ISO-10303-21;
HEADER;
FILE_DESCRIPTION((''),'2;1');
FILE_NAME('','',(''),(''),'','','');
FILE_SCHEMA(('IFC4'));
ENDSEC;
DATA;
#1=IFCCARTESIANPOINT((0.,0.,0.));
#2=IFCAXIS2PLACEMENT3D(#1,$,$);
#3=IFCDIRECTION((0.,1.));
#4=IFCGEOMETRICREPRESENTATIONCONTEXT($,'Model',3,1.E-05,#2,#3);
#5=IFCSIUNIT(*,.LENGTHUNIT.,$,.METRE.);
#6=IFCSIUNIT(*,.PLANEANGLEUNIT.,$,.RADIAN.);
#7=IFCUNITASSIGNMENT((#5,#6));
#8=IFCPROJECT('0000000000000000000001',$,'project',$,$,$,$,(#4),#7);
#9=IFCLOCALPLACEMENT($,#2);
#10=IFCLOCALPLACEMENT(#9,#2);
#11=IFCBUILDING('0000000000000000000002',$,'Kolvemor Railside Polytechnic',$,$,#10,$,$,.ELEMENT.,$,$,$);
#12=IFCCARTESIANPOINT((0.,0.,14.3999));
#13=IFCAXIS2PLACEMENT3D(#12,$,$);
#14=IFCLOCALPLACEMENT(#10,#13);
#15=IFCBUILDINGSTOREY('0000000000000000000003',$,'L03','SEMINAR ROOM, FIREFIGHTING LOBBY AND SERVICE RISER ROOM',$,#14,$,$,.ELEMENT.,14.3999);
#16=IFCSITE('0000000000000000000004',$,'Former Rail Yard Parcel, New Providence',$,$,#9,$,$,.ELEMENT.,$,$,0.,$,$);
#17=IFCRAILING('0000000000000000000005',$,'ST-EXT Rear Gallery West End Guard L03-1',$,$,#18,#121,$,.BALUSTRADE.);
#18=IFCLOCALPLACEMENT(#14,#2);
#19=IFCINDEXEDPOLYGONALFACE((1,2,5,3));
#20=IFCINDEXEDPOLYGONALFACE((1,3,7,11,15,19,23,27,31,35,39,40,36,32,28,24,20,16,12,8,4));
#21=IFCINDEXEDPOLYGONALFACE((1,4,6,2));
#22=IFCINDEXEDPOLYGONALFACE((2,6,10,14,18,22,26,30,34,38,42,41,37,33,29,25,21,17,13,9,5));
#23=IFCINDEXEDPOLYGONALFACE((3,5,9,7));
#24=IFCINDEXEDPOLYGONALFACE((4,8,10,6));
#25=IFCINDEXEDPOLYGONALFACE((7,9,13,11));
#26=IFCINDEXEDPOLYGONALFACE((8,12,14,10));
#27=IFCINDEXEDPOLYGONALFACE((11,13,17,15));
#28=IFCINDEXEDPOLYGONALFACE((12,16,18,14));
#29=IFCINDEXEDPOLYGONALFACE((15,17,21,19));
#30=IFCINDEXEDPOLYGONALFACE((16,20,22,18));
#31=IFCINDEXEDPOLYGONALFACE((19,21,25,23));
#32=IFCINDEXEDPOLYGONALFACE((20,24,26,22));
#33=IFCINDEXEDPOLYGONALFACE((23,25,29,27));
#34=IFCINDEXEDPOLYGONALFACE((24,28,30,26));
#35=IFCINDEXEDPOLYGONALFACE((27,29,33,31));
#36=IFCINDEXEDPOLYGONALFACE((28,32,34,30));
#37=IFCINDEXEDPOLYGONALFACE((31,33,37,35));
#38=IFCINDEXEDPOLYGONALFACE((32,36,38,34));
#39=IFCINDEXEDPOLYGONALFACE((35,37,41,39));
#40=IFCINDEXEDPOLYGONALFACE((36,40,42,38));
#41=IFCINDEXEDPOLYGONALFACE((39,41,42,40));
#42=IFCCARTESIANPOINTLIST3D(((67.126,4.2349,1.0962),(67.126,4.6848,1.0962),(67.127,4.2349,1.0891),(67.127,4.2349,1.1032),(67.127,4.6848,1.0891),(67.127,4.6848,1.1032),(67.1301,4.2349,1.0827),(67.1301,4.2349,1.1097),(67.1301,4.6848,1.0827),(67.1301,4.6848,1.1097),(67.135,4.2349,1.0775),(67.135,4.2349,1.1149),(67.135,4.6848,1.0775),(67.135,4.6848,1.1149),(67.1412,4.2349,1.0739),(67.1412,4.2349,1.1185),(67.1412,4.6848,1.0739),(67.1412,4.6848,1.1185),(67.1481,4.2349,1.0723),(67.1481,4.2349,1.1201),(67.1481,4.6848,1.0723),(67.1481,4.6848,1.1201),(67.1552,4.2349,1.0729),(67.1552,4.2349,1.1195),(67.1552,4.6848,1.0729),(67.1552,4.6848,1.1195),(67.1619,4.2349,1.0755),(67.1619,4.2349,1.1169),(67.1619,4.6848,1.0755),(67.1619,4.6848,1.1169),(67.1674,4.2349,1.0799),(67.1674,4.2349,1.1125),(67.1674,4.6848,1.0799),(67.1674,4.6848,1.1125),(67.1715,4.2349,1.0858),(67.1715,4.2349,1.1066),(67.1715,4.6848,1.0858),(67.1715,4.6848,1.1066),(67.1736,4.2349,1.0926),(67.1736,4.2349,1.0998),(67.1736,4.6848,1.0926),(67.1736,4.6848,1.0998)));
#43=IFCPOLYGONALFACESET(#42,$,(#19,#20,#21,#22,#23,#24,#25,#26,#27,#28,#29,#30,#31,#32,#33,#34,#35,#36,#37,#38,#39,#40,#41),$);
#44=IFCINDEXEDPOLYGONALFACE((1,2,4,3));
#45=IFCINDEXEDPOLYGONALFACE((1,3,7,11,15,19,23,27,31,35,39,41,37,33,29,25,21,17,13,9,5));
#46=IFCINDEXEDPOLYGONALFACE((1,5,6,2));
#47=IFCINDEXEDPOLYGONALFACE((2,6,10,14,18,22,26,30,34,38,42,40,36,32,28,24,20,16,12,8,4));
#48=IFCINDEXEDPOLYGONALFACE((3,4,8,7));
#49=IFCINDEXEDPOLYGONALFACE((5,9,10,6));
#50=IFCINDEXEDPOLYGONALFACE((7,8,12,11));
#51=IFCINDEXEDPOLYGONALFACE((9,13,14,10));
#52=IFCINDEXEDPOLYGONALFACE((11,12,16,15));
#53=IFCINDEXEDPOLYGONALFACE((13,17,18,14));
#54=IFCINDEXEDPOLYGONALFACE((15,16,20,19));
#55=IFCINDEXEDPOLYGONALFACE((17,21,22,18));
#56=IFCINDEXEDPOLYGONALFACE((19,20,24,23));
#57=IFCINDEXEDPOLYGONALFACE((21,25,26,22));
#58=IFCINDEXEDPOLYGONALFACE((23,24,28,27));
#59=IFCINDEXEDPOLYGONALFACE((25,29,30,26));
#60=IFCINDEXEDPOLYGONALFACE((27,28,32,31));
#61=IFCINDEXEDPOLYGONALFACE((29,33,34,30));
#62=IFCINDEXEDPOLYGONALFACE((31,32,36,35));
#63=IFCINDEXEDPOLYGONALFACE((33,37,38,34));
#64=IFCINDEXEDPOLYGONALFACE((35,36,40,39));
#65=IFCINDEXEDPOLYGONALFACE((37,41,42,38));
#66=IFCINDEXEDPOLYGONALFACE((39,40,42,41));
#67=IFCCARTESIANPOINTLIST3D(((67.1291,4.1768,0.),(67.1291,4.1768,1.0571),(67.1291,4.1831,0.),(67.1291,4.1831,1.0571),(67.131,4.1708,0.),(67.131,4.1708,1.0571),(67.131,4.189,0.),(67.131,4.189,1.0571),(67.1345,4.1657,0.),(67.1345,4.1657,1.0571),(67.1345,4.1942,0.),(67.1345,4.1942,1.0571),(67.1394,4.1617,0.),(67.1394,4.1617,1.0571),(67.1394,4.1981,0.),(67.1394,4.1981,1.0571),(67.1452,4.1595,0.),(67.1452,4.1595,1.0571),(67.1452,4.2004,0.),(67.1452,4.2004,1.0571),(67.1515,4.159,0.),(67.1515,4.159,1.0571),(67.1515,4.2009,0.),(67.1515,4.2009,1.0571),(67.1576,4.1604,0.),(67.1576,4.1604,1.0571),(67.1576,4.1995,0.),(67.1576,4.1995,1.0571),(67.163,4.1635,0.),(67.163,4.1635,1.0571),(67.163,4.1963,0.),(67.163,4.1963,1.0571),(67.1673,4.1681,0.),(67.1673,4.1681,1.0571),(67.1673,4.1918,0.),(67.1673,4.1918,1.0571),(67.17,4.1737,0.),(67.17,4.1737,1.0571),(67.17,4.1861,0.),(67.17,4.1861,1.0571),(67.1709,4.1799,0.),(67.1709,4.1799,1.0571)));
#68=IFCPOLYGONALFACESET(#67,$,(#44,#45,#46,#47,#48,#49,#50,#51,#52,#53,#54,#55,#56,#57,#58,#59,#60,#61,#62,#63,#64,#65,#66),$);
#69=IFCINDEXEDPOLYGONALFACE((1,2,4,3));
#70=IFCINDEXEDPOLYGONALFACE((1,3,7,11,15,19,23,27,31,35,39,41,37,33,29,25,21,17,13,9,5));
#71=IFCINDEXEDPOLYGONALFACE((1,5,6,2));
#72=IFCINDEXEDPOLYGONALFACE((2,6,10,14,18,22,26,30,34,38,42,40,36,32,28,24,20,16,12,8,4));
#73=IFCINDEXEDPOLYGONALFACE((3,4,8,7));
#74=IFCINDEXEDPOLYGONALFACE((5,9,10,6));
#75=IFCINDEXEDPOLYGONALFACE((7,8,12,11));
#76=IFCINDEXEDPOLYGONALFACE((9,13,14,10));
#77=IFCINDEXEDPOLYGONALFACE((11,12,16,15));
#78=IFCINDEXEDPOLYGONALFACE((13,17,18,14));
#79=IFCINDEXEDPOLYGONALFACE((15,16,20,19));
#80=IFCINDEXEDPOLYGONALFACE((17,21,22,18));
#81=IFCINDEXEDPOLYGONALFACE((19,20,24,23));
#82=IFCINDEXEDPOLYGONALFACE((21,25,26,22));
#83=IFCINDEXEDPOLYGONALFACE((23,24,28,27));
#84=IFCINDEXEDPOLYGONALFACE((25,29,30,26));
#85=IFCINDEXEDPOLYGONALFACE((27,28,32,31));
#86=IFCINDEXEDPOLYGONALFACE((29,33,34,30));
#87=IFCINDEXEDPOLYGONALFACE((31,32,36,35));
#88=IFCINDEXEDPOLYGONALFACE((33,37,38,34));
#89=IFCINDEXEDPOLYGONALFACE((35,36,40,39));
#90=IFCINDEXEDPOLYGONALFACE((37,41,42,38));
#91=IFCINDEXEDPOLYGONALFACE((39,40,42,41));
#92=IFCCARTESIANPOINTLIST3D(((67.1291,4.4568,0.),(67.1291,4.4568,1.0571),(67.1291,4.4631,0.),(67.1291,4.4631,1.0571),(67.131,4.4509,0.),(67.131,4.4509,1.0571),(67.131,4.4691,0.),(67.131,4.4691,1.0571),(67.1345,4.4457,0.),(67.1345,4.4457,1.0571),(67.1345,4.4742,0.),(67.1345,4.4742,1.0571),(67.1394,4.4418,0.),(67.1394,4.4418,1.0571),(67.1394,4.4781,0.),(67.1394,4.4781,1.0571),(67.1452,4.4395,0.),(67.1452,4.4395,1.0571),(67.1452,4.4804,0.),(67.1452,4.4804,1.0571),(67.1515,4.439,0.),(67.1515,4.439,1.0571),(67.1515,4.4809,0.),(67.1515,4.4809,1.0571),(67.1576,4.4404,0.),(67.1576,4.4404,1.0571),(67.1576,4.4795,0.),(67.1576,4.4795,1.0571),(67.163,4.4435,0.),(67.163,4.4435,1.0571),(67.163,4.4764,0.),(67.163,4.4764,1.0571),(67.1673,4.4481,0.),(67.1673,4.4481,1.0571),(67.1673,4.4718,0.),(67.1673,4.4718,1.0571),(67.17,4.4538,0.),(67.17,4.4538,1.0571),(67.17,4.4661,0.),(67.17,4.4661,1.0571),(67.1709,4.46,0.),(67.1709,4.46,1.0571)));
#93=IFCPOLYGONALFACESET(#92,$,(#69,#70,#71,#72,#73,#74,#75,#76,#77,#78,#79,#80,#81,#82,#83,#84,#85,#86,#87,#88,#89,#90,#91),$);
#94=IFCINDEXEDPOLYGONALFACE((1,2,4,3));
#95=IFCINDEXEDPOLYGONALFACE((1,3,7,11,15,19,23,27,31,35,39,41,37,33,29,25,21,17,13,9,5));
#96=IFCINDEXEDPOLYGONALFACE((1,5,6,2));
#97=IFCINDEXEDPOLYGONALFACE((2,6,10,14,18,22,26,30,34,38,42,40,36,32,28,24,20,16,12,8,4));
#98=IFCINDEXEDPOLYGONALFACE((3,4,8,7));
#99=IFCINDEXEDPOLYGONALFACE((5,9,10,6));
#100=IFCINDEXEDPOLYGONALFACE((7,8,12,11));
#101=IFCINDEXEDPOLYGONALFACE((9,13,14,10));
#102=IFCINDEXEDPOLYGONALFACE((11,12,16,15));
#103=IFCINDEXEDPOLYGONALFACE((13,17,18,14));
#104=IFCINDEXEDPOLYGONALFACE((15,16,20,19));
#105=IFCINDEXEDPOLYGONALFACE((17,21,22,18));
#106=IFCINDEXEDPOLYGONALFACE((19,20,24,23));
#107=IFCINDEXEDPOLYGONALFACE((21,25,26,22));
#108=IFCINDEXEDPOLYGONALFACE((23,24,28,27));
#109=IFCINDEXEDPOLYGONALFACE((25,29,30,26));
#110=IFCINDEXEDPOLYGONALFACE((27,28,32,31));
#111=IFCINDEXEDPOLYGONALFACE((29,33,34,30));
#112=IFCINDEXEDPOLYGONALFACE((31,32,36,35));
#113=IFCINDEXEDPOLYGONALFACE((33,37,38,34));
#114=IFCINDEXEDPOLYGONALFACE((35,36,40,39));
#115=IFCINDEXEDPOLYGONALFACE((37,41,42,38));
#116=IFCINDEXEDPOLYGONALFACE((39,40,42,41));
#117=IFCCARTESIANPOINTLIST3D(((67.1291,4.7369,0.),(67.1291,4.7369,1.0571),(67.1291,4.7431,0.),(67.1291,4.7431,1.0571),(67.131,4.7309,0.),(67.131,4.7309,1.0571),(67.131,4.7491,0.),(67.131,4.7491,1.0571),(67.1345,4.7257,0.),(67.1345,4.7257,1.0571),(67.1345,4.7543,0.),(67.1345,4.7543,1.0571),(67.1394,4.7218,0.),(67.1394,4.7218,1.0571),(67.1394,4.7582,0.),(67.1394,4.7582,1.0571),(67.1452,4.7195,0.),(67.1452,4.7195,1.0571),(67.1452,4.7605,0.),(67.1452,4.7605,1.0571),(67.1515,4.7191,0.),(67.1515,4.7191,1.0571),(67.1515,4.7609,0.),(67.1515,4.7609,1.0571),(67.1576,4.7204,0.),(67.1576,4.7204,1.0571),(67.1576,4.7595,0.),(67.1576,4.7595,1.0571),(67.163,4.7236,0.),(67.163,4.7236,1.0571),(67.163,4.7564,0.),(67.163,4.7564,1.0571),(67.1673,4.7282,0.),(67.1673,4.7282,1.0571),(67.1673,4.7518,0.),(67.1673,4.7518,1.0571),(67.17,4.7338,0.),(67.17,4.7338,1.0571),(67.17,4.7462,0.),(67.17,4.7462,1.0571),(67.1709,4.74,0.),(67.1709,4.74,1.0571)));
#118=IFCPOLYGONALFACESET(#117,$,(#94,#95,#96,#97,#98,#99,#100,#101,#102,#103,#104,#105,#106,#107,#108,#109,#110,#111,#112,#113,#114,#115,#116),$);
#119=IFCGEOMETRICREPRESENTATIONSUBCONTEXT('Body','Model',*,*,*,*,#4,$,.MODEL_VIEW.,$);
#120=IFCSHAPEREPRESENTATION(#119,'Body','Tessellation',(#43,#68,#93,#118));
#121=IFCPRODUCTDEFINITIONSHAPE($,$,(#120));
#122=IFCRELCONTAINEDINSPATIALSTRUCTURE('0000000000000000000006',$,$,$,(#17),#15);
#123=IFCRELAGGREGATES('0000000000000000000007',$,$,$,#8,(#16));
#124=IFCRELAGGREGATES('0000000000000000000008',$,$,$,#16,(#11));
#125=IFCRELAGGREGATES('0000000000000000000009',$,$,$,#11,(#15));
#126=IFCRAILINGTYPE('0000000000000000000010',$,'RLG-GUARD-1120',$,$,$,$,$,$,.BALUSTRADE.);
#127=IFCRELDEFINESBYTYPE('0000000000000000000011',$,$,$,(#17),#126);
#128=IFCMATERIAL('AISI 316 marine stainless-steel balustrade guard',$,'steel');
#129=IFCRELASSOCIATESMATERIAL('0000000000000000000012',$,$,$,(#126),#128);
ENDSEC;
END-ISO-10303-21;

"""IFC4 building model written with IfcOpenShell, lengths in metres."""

from ifc_helpers import new_model, si_unit, direction, frame, origin, origin_2d, place, context, subcontext, project, spatial, circle, extrude, material, type_object, element, save


model = new_model("IFC4")

# Units and contexts
model_context = context("Model", 3, precision=1e-05, world=origin(), true_north=direction((0.0, 1.0)))
body_context = subcontext(model_context, "Body", "Model", "MODEL_VIEW")
ifc_project = project(units=[si_unit("LENGTHUNIT", "METRE"), si_unit("PLANEANGLEUNIT", "RADIAN")], contexts=[model_context])

# Site, building, storey
site_placement = place(None, origin())
site = spatial("IfcSite", under=ifc_project, at=site_placement, Name="Former Rail Yard Parcel, New Providence", CompositionType="ELEMENT", RefElevation=0.0)
building_placement = place(site_placement, origin())
building = spatial("IfcBuilding", under=site, at=building_placement, Name="Kolvemor Railside Polytechnic", CompositionType="ELEMENT")
storey_placement = place(building_placement, frame((0.0, 0.0, 14.3999)))
storey = spatial("IfcBuildingStorey", under=building, at=storey_placement, Name="L03", Description="SEMINAR ROOM, FIREFIGHTING LOBBY AND SERVICE RISER ROOM", CompositionType="ELEMENT", Elevation=14.3999)

# Railing
ifc_material_1 = material(Name="AISI 316 marine stainless-steel balustrade guard", Category="steel")
railing_type_1 = type_object("IfcRailingType", Name="RLG-GUARD-1120", PredefinedType="BALUSTRADE", material=ifc_material_1)
railing_1_placement = place(storey_placement, frame((67.1499, 4.1799, 0.0)))
element("IfcRailing", 1, at=railing_1_placement, inside=storey, type_object=railing_type_1, Name="ST-EXT Rear Gallery West End Guard L03-1", PredefinedType="BALUSTRADE", context=body_context, shape_type="SweptSolid", body=[
    extrude(circle(Radius=0.0239, at=origin_2d()), frame((0.0, 0.0549, 1.0962), z_axis=(0.0, 1.0, 0.0), x_axis=(-1.0, 0.0, 0.0)), (0.0, 0.0, 1.0), 0.45),
    extrude(circle(Radius=0.021, at=origin_2d()), origin(), (0.0, 0.0, 1.0), 1.0571),
    extrude(circle(Radius=0.021, at=origin_2d()), frame((0.0, 0.28, 0.0)), (0.0, 0.0, 1.0), 1.0571),
    extrude(circle(Radius=0.021, at=origin_2d()), frame((0.0, 0.5601, 0.0)), (0.0, 0.0, 1.0), 1.0571),
])

save(model, "model.ifc")
